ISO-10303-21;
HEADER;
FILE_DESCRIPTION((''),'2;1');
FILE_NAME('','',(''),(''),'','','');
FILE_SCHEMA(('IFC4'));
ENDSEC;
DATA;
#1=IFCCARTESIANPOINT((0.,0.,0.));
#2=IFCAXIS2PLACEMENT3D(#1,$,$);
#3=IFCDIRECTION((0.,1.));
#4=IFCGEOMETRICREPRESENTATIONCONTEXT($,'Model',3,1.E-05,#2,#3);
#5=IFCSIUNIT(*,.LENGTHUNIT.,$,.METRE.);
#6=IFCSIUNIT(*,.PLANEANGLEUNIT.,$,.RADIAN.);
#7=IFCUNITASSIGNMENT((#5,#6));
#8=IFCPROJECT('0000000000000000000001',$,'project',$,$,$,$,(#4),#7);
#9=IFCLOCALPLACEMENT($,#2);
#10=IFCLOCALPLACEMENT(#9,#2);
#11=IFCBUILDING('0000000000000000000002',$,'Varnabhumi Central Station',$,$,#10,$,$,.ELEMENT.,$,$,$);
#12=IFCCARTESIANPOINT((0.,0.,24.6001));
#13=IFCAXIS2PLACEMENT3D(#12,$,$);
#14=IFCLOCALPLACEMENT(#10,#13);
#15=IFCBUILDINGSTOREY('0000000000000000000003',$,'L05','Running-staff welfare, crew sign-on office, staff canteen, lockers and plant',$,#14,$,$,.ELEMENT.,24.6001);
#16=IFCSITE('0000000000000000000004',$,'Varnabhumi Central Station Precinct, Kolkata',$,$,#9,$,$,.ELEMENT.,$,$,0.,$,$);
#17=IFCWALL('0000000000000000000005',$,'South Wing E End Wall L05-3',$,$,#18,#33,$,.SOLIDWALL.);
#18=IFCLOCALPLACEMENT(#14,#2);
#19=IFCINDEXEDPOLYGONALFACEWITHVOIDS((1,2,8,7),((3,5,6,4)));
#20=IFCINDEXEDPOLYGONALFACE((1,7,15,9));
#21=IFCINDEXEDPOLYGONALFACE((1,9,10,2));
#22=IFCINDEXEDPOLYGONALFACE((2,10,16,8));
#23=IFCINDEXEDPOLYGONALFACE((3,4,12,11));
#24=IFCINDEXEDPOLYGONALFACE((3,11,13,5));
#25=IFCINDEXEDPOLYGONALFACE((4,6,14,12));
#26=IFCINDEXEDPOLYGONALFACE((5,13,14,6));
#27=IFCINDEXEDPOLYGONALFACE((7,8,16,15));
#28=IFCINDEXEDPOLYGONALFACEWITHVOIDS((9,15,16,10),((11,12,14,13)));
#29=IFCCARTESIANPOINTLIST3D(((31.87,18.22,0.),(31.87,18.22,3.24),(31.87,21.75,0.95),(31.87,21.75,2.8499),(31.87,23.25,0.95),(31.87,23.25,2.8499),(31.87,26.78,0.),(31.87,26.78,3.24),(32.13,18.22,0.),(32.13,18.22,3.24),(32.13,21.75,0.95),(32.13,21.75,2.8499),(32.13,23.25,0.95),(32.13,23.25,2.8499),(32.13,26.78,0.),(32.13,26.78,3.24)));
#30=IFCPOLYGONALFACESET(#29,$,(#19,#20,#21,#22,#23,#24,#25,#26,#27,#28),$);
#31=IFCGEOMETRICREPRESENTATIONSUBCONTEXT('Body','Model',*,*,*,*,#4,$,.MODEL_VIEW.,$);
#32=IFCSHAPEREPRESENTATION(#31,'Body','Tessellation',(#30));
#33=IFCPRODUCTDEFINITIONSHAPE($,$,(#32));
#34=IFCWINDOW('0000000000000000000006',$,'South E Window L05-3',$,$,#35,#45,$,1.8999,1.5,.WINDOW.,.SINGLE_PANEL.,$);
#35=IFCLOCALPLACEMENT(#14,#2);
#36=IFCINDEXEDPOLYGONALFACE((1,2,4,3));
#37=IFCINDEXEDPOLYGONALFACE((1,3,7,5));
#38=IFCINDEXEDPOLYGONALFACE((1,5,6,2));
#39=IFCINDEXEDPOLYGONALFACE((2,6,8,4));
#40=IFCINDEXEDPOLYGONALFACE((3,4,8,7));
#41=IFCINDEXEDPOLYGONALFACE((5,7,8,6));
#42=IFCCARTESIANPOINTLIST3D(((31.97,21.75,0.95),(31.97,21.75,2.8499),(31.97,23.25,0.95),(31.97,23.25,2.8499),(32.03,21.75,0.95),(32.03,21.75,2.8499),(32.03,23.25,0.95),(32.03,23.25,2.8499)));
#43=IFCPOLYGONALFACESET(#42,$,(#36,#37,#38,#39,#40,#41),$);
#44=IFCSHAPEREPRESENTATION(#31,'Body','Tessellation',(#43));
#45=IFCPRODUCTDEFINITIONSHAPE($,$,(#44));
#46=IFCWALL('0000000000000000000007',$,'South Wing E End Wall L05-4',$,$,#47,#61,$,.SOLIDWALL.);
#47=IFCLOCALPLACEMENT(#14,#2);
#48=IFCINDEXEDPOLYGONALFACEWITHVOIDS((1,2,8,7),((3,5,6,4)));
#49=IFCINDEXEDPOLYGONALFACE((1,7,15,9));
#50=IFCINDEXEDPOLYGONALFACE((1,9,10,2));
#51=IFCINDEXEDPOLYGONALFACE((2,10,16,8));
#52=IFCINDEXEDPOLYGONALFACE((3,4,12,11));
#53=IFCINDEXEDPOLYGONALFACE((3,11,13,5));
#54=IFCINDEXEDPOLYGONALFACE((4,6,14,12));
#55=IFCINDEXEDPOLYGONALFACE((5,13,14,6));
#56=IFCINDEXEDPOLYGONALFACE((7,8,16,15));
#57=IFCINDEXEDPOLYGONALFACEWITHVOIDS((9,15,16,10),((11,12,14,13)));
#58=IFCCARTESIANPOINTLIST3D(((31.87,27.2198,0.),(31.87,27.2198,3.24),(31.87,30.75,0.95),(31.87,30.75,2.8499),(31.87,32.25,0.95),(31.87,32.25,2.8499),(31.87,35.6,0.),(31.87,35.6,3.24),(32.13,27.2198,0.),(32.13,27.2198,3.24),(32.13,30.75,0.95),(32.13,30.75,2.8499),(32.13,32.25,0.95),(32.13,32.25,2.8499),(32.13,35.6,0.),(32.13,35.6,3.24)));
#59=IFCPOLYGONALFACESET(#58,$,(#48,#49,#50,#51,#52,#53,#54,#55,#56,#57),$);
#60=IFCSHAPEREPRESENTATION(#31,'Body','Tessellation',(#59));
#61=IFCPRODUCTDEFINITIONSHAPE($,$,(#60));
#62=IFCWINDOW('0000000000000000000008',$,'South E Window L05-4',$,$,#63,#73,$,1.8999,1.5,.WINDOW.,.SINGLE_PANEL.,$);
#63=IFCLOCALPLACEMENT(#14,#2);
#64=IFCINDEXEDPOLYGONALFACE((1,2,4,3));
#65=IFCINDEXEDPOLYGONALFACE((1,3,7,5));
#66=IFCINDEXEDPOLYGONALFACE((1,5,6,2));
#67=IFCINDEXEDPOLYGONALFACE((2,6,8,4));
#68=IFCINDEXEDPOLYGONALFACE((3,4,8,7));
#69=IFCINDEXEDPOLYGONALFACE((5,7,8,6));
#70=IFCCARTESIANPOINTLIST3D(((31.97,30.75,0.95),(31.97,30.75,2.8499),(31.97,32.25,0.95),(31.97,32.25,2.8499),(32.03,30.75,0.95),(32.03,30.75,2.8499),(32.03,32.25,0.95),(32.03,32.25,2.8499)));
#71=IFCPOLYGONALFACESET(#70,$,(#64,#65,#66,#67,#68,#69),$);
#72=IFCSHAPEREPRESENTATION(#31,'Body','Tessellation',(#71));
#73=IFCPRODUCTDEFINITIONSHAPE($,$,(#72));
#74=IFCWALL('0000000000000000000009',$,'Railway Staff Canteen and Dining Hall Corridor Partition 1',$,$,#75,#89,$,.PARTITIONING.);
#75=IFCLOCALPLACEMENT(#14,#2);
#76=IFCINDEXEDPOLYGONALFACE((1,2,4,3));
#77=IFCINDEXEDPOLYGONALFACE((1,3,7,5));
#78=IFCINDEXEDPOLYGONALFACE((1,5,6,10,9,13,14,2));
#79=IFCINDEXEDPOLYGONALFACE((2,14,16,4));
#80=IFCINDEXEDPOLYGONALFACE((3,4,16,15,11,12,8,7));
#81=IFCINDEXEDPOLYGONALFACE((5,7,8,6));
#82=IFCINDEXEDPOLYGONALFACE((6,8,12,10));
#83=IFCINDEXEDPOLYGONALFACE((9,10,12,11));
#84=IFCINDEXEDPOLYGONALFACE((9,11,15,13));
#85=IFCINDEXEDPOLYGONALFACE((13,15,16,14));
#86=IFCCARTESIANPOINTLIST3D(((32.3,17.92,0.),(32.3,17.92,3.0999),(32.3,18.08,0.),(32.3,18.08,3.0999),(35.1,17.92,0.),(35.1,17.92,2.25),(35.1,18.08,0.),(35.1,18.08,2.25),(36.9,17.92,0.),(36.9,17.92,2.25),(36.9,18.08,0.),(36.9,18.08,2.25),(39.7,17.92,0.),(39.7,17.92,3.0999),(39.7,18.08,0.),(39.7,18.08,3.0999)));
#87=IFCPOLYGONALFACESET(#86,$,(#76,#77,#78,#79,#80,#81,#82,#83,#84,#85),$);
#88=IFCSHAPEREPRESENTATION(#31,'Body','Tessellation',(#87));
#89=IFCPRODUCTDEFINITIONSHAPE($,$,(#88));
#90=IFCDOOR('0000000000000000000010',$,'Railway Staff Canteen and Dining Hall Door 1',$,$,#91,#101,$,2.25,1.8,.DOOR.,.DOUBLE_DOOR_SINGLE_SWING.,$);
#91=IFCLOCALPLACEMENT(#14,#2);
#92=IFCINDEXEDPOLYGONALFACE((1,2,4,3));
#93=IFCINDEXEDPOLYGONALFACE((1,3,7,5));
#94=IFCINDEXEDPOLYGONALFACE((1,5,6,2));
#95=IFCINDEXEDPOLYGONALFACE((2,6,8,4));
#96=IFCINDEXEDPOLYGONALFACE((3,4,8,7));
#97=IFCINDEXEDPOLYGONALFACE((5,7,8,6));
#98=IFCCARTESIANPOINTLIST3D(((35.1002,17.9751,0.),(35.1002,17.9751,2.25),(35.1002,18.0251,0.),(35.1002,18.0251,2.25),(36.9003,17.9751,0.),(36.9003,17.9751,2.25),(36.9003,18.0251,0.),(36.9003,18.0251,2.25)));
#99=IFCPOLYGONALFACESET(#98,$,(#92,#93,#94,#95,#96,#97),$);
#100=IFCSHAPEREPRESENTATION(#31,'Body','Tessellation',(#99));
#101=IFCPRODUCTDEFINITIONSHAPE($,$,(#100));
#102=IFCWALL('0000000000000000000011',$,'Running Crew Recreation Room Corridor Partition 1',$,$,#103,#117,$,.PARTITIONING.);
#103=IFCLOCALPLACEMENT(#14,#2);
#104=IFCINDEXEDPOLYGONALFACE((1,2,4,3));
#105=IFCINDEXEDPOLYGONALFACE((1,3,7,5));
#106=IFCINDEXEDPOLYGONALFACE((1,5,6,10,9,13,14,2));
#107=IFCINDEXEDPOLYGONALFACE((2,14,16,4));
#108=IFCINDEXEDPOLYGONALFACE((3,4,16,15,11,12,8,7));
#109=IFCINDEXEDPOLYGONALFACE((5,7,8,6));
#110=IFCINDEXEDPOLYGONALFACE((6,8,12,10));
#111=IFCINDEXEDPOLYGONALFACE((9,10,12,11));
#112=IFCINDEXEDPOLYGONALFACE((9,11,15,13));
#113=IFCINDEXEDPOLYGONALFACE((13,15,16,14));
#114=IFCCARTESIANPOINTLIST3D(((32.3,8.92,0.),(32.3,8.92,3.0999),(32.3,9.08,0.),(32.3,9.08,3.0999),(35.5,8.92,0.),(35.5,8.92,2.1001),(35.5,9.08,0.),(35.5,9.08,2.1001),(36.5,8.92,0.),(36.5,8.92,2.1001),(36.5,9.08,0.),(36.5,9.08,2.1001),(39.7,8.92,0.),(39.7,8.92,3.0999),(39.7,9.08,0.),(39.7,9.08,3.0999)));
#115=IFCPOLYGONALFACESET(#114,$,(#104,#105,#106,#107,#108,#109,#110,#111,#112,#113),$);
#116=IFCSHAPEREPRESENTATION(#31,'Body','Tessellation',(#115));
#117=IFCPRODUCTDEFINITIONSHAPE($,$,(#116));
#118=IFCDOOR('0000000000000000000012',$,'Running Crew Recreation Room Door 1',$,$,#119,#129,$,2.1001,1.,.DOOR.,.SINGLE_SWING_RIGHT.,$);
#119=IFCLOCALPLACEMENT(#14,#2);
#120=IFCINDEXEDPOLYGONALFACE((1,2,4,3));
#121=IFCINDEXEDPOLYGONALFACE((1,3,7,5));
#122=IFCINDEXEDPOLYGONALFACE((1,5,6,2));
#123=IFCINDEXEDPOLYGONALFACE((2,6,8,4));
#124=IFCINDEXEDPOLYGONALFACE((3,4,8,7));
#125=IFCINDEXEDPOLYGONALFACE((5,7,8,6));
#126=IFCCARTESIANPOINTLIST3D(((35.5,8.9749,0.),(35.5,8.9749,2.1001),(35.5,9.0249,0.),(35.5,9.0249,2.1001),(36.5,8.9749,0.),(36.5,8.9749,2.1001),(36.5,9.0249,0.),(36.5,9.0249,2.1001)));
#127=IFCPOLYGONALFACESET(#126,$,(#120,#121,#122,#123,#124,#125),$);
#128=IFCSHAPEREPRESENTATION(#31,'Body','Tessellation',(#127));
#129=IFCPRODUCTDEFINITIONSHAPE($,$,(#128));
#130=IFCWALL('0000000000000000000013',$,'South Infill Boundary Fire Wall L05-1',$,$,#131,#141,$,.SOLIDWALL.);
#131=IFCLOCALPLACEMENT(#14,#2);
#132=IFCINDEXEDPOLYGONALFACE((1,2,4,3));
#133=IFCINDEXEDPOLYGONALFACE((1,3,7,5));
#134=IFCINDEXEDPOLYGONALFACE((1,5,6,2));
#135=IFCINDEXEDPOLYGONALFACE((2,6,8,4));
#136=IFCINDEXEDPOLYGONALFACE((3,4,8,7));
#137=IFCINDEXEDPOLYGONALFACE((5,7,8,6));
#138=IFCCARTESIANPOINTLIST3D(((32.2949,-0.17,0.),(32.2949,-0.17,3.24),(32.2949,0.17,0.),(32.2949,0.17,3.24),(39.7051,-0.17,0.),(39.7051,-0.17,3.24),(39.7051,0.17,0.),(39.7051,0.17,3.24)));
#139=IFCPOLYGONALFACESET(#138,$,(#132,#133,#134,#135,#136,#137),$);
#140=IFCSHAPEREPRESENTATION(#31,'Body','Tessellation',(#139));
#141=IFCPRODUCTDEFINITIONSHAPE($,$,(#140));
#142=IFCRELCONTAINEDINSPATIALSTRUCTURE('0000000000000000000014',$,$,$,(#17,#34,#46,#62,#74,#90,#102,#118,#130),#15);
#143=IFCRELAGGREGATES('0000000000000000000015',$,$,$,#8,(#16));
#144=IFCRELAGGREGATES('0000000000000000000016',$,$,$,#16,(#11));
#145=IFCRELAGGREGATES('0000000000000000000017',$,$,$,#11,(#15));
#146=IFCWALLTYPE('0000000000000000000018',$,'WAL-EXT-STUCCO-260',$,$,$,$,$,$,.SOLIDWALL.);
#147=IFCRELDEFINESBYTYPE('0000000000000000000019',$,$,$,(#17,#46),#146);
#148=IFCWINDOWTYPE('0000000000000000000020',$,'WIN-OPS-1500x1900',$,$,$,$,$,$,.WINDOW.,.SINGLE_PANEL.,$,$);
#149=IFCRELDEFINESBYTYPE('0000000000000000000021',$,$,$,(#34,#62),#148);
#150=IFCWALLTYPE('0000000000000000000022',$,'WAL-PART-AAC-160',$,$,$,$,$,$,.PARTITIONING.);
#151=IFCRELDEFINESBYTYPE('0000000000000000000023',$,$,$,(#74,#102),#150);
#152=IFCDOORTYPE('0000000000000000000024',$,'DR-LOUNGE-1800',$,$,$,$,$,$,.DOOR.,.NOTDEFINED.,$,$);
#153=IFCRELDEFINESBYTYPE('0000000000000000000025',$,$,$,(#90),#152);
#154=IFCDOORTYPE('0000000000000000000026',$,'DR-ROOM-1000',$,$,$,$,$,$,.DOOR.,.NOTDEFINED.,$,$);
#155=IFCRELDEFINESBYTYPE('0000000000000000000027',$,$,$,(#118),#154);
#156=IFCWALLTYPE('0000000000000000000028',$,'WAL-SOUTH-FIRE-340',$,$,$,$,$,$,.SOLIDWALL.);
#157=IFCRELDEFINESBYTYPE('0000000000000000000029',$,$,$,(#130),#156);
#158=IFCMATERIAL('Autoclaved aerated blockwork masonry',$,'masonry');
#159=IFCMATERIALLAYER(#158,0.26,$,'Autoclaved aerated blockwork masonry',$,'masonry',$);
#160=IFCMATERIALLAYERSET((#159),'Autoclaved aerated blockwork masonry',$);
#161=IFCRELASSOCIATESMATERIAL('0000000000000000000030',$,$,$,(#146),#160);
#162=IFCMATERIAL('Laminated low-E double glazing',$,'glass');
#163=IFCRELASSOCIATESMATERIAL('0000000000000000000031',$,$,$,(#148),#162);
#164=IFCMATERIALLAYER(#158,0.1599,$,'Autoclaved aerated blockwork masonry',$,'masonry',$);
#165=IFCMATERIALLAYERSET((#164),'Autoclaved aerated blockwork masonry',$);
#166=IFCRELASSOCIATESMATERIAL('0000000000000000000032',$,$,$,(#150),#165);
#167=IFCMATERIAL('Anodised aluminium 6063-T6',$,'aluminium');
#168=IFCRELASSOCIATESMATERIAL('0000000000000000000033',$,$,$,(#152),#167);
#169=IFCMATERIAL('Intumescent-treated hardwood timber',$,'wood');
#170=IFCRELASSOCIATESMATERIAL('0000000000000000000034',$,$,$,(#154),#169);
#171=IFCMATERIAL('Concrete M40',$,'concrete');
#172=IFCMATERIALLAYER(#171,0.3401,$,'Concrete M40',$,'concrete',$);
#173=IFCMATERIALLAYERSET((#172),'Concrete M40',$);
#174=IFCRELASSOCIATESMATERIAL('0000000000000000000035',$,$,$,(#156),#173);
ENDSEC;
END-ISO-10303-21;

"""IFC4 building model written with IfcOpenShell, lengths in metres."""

from ifc_helpers import new_model, si_unit, direction, frame, frame_2d, origin, place, context, subcontext, project, spatial, rectangle, extrude, material, layer, layer_set, type_object, element, fill, save


model = new_model("IFC4")

# Units and contexts
model_context = context("Model", 3, precision=1e-05, world=origin(), true_north=direction((0.0, 1.0)))
body_context = subcontext(model_context, "Body", "Model", "MODEL_VIEW")
ifc_project = project(units=[si_unit("LENGTHUNIT", "METRE"), si_unit("PLANEANGLEUNIT", "RADIAN")], contexts=[model_context])

# Site, building, storey
site_placement = place(None, origin())
site = spatial("IfcSite", under=ifc_project, at=site_placement, Name="Varnabhumi Central Station Precinct, Kolkata", CompositionType="ELEMENT", RefElevation=0.0)
building_placement = place(site_placement, origin())
building = spatial("IfcBuilding", under=site, at=building_placement, Name="Varnabhumi Central Station", CompositionType="ELEMENT")
storey_placement = place(building_placement, frame((0.0, 0.0, 24.6001)))
storey = spatial("IfcBuildingStorey", under=building, at=storey_placement, Name="L05", Description="Running-staff welfare, crew sign-on office, staff canteen, lockers and plant", CompositionType="ELEMENT", Elevation=24.6001)

# Shared definitions
ifc_material_1 = material(Name="Concrete M40", Category="concrete")

# Shared definitions
ifc_material_2 = material(Name="Anodised aluminium 6063-T6", Category="aluminium")

# Shared definitions
ifc_material_3 = material(Name="Laminated low-E double glazing", Category="glass")

# Walls, openings, windows
ifc_material_4 = material(Name="Autoclaved aerated blockwork masonry", Category="masonry")
ifc_layer_1 = layer(ifc_material_4, 0.26, Name="Autoclaved aerated blockwork masonry", Category="masonry")
ifc_layer_set_1 = layer_set([ifc_layer_1], Name="Autoclaved aerated blockwork masonry")
wall_type_1 = type_object("IfcWallType", Name="WAL-EXT-STUCCO-260", PredefinedType="SOLIDWALL", material=ifc_layer_set_1)
window_type = type_object("IfcWindowType", Name="WIN-OPS-1500x1900", PartitioningType="SINGLE_PANEL", PredefinedType="WINDOW", material=ifc_material_3)
wall_1_placement = place(storey_placement, frame((32.0, 18.22, 0.0), z_axis=(0.0, 0.0, 1.0), x_axis=(0.0, 1.0, 0.0)))
wall_1 = element("IfcWall", 1, at=wall_1_placement, inside=storey, type_object=wall_type_1, Name="South Wing E End Wall L05-3", PredefinedType="SOLIDWALL", context=body_context, shape_type="SweptSolid", body=[
    extrude(rectangle(XDim=8.5601, YDim=0.26, at=frame_2d((4.28, 0.0))), origin(), (0.0, 0.0, 1.0), 3.24),
])
opening_1_placement = place(wall_1_placement, frame((3.53, 0.0, 0.95)))
opening_1 = element("IfcOpeningElement", 2, at=opening_1_placement, cuts=wall_1, PredefinedType="OPENING", context=body_context, shape_type="SweptSolid", body=[
    extrude(rectangle(XDim=1.5, YDim=1.8999, at=frame_2d((0.75, 0.95))), frame((0.0, 0.1399, 0.0), z_axis=(0.0, -1.0, 0.0), x_axis=(1.0, 0.0, 0.0)), (0.0, 0.0, 1.0), 0.28),
])
window_1_placement = place(opening_1_placement, origin())
window_1 = element("IfcWindow", 3, at=window_1_placement, inside=storey, type_object=window_type, Name="South E Window L05-3", OverallHeight=1.8999, OverallWidth=1.5, PartitioningType="SINGLE_PANEL", PredefinedType="WINDOW", context=body_context, shape_type="SweptSolid", body=[
    extrude(rectangle(XDim=1.5, YDim=1.8999, at=frame_2d((0.75, 0.95))), frame((0.0, 0.03, 0.0), z_axis=(0.0, -1.0, 0.0), x_axis=(1.0, 0.0, 0.0)), (0.0, 0.0, 1.0), 0.0601),
])
fill(opening_1, window_1)
wall_2_placement = place(storey_placement, frame((32.0, 27.22, 0.0), z_axis=(0.0, 0.0, 1.0), x_axis=(0.0, 1.0, 0.0)))
wall_2 = element("IfcWall", 4, at=wall_2_placement, inside=storey, type_object=wall_type_1, Name="South Wing E End Wall L05-4", PredefinedType="SOLIDWALL", context=body_context, shape_type="SweptSolid", body=[
    extrude(rectangle(XDim=8.3801, YDim=0.26, at=frame_2d((4.1899, 0.0))), origin(), (0.0, 0.0, 1.0), 3.24),
])
opening_2_placement = place(wall_2_placement, frame((3.53, 0.0, 0.95)))
opening_2 = element("IfcOpeningElement", 5, at=opening_2_placement, cuts=wall_2, PredefinedType="OPENING", context=body_context, shape_type="SweptSolid", body=[
    extrude(rectangle(XDim=1.5, YDim=1.8999, at=frame_2d((0.75, 0.95))), frame((0.0, 0.1399, 0.0), z_axis=(0.0, -1.0, 0.0), x_axis=(1.0, 0.0, 0.0)), (0.0, 0.0, 1.0), 0.28),
])
window_2_placement = place(opening_2_placement, origin())
window_2 = element("IfcWindow", 6, at=window_2_placement, inside=storey, type_object=window_type, Name="South E Window L05-4", OverallHeight=1.8999, OverallWidth=1.5, PartitioningType="SINGLE_PANEL", PredefinedType="WINDOW", context=body_context, shape_type="SweptSolid", body=[
    extrude(rectangle(XDim=1.5, YDim=1.8999, at=frame_2d((0.75, 0.95))), frame((0.0, 0.03, 0.0), z_axis=(0.0, -1.0, 0.0), x_axis=(1.0, 0.0, 0.0)), (0.0, 0.0, 1.0), 0.0601),
])
fill(opening_2, window_2)

# Walls, openings, doors
ifc_layer_2 = layer(ifc_material_4, 0.1599, Name="Autoclaved aerated blockwork masonry", Category="masonry")
ifc_layer_set_2 = layer_set([ifc_layer_2], Name="Autoclaved aerated blockwork masonry")
wall_type_2 = type_object("IfcWallType", Name="WAL-PART-AAC-160", PredefinedType="PARTITIONING", material=ifc_layer_set_2)
wall_3_placement = place(storey_placement, frame((32.3, 18.0, 0.0), z_axis=(0.0, 0.0, 1.0), x_axis=(1.0, 0.0, 0.0)))
wall_3 = element("IfcWall", 7, at=wall_3_placement, inside=storey, type_object=wall_type_2, Name="Railway Staff Canteen and Dining Hall Corridor Partition 1", PredefinedType="PARTITIONING", context=body_context, shape_type="SweptSolid", body=[
    extrude(rectangle(XDim=7.3999, YDim=0.1599, at=frame_2d((3.7, 0.0))), origin(), (0.0, 0.0, 1.0), 3.0999),
])
opening_3_placement = place(wall_3_placement, frame((2.8, 0.0, 0.0)))
opening_3 = element("IfcOpeningElement", 8, at=opening_3_placement, cuts=wall_3, PredefinedType="OPENING", context=body_context, shape_type="SweptSolid", body=[
    extrude(rectangle(XDim=1.8, YDim=2.25, at=frame_2d((0.8999, 1.125))), frame((0.0, 0.0898, 0.0), z_axis=(0.0, -1.0, 0.0), x_axis=(1.0, 0.0, 0.0)), (0.0, 0.0, 1.0), 0.1799),
])
door_type_1 = type_object("IfcDoorType", Name="DR-LOUNGE-1800", OperationType="NOTDEFINED", PredefinedType="DOOR", material=ifc_material_2)
door_1_placement = place(opening_3_placement, frame((1.8, 0.0, 0.0), z_axis=(0.0, 0.0, 1.0), x_axis=(-1.0, 0.0, 0.0)))
door_1 = element("IfcDoor", 9, at=door_1_placement, inside=storey, type_object=door_type_1, Name="Railway Staff Canteen and Dining Hall Door 1", OperationType="DOUBLE_DOOR_SINGLE_SWING", OverallHeight=2.25, OverallWidth=1.8, PredefinedType="DOOR", context=body_context, shape_type="SweptSolid", body=[
    extrude(rectangle(XDim=1.8, YDim=2.25, at=frame_2d((0.8999, 1.125))), frame((0.0, 0.0249, 0.0), z_axis=(0.0, -1.0, 0.0), x_axis=(1.0, 0.0, 0.0)), (0.0, 0.0, 1.0), 0.05),
])
fill(opening_3, door_1)
wall_4_placement = place(storey_placement, frame((32.3, 9.0, 0.0), z_axis=(0.0, 0.0, 1.0), x_axis=(1.0, 0.0, 0.0)))
wall_4 = element("IfcWall", 10, at=wall_4_placement, inside=storey, type_object=wall_type_2, Name="Running Crew Recreation Room Corridor Partition 1", PredefinedType="PARTITIONING", context=body_context, shape_type="SweptSolid", body=[
    extrude(rectangle(XDim=7.3999, YDim=0.1599, at=frame_2d((3.7, 0.0))), origin(), (0.0, 0.0, 1.0), 3.0999),
])
opening_4_placement = place(wall_4_placement, frame((3.2, 0.0, 0.0)))
opening_4 = element("IfcOpeningElement", 11, at=opening_4_placement, cuts=wall_4, PredefinedType="OPENING", context=body_context, shape_type="SweptSolid", body=[
    extrude(rectangle(XDim=1.0, YDim=2.1001, at=frame_2d((0.5, 1.05))), frame((0.0, 0.0898, 0.0), z_axis=(0.0, -1.0, 0.0), x_axis=(1.0, 0.0, 0.0)), (0.0, 0.0, 1.0), 0.1799),
])
ifc_material_5 = material(Name="Intumescent-treated hardwood timber", Category="wood")
door_type_2 = type_object("IfcDoorType", Name="DR-ROOM-1000", OperationType="NOTDEFINED", PredefinedType="DOOR", material=ifc_material_5)
door_2_placement = place(opening_4_placement, origin())
door_2 = element("IfcDoor", 12, at=door_2_placement, inside=storey, type_object=door_type_2, Name="Running Crew Recreation Room Door 1", OperationType="SINGLE_SWING_RIGHT", OverallHeight=2.1001, OverallWidth=1.0, PredefinedType="DOOR", context=body_context, shape_type="SweptSolid", body=[
    extrude(rectangle(XDim=1.0, YDim=2.1001, at=frame_2d((0.5, 1.05))), frame((0.0, 0.0249, 0.0), z_axis=(0.0, -1.0, 0.0), x_axis=(1.0, 0.0, 0.0)), (0.0, 0.0, 1.0), 0.05),
])
fill(opening_4, door_2)

# Wall
ifc_layer_3 = layer(ifc_material_1, 0.3401, Name="Concrete M40", Category="concrete")
ifc_layer_set_3 = layer_set([ifc_layer_3], Name="Concrete M40")
wall_type_3 = type_object("IfcWallType", Name="WAL-SOUTH-FIRE-340", PredefinedType="SOLIDWALL", material=ifc_layer_set_3)
wall_5_placement = place(storey_placement, frame((32.2949, 0.0, 0.0), z_axis=(0.0, 0.0, 1.0), x_axis=(1.0, 0.0, 0.0)))
element("IfcWall", 13, at=wall_5_placement, inside=storey, type_object=wall_type_3, Name="South Infill Boundary Fire Wall L05-1", PredefinedType="SOLIDWALL", context=body_context, shape_type="SweptSolid", body=[
    extrude(rectangle(XDim=7.4102, YDim=0.3401, at=frame_2d((3.7051, 0.0))), origin(), (0.0, 0.0, 1.0), 3.24),
])

save(model, "model.ifc")
